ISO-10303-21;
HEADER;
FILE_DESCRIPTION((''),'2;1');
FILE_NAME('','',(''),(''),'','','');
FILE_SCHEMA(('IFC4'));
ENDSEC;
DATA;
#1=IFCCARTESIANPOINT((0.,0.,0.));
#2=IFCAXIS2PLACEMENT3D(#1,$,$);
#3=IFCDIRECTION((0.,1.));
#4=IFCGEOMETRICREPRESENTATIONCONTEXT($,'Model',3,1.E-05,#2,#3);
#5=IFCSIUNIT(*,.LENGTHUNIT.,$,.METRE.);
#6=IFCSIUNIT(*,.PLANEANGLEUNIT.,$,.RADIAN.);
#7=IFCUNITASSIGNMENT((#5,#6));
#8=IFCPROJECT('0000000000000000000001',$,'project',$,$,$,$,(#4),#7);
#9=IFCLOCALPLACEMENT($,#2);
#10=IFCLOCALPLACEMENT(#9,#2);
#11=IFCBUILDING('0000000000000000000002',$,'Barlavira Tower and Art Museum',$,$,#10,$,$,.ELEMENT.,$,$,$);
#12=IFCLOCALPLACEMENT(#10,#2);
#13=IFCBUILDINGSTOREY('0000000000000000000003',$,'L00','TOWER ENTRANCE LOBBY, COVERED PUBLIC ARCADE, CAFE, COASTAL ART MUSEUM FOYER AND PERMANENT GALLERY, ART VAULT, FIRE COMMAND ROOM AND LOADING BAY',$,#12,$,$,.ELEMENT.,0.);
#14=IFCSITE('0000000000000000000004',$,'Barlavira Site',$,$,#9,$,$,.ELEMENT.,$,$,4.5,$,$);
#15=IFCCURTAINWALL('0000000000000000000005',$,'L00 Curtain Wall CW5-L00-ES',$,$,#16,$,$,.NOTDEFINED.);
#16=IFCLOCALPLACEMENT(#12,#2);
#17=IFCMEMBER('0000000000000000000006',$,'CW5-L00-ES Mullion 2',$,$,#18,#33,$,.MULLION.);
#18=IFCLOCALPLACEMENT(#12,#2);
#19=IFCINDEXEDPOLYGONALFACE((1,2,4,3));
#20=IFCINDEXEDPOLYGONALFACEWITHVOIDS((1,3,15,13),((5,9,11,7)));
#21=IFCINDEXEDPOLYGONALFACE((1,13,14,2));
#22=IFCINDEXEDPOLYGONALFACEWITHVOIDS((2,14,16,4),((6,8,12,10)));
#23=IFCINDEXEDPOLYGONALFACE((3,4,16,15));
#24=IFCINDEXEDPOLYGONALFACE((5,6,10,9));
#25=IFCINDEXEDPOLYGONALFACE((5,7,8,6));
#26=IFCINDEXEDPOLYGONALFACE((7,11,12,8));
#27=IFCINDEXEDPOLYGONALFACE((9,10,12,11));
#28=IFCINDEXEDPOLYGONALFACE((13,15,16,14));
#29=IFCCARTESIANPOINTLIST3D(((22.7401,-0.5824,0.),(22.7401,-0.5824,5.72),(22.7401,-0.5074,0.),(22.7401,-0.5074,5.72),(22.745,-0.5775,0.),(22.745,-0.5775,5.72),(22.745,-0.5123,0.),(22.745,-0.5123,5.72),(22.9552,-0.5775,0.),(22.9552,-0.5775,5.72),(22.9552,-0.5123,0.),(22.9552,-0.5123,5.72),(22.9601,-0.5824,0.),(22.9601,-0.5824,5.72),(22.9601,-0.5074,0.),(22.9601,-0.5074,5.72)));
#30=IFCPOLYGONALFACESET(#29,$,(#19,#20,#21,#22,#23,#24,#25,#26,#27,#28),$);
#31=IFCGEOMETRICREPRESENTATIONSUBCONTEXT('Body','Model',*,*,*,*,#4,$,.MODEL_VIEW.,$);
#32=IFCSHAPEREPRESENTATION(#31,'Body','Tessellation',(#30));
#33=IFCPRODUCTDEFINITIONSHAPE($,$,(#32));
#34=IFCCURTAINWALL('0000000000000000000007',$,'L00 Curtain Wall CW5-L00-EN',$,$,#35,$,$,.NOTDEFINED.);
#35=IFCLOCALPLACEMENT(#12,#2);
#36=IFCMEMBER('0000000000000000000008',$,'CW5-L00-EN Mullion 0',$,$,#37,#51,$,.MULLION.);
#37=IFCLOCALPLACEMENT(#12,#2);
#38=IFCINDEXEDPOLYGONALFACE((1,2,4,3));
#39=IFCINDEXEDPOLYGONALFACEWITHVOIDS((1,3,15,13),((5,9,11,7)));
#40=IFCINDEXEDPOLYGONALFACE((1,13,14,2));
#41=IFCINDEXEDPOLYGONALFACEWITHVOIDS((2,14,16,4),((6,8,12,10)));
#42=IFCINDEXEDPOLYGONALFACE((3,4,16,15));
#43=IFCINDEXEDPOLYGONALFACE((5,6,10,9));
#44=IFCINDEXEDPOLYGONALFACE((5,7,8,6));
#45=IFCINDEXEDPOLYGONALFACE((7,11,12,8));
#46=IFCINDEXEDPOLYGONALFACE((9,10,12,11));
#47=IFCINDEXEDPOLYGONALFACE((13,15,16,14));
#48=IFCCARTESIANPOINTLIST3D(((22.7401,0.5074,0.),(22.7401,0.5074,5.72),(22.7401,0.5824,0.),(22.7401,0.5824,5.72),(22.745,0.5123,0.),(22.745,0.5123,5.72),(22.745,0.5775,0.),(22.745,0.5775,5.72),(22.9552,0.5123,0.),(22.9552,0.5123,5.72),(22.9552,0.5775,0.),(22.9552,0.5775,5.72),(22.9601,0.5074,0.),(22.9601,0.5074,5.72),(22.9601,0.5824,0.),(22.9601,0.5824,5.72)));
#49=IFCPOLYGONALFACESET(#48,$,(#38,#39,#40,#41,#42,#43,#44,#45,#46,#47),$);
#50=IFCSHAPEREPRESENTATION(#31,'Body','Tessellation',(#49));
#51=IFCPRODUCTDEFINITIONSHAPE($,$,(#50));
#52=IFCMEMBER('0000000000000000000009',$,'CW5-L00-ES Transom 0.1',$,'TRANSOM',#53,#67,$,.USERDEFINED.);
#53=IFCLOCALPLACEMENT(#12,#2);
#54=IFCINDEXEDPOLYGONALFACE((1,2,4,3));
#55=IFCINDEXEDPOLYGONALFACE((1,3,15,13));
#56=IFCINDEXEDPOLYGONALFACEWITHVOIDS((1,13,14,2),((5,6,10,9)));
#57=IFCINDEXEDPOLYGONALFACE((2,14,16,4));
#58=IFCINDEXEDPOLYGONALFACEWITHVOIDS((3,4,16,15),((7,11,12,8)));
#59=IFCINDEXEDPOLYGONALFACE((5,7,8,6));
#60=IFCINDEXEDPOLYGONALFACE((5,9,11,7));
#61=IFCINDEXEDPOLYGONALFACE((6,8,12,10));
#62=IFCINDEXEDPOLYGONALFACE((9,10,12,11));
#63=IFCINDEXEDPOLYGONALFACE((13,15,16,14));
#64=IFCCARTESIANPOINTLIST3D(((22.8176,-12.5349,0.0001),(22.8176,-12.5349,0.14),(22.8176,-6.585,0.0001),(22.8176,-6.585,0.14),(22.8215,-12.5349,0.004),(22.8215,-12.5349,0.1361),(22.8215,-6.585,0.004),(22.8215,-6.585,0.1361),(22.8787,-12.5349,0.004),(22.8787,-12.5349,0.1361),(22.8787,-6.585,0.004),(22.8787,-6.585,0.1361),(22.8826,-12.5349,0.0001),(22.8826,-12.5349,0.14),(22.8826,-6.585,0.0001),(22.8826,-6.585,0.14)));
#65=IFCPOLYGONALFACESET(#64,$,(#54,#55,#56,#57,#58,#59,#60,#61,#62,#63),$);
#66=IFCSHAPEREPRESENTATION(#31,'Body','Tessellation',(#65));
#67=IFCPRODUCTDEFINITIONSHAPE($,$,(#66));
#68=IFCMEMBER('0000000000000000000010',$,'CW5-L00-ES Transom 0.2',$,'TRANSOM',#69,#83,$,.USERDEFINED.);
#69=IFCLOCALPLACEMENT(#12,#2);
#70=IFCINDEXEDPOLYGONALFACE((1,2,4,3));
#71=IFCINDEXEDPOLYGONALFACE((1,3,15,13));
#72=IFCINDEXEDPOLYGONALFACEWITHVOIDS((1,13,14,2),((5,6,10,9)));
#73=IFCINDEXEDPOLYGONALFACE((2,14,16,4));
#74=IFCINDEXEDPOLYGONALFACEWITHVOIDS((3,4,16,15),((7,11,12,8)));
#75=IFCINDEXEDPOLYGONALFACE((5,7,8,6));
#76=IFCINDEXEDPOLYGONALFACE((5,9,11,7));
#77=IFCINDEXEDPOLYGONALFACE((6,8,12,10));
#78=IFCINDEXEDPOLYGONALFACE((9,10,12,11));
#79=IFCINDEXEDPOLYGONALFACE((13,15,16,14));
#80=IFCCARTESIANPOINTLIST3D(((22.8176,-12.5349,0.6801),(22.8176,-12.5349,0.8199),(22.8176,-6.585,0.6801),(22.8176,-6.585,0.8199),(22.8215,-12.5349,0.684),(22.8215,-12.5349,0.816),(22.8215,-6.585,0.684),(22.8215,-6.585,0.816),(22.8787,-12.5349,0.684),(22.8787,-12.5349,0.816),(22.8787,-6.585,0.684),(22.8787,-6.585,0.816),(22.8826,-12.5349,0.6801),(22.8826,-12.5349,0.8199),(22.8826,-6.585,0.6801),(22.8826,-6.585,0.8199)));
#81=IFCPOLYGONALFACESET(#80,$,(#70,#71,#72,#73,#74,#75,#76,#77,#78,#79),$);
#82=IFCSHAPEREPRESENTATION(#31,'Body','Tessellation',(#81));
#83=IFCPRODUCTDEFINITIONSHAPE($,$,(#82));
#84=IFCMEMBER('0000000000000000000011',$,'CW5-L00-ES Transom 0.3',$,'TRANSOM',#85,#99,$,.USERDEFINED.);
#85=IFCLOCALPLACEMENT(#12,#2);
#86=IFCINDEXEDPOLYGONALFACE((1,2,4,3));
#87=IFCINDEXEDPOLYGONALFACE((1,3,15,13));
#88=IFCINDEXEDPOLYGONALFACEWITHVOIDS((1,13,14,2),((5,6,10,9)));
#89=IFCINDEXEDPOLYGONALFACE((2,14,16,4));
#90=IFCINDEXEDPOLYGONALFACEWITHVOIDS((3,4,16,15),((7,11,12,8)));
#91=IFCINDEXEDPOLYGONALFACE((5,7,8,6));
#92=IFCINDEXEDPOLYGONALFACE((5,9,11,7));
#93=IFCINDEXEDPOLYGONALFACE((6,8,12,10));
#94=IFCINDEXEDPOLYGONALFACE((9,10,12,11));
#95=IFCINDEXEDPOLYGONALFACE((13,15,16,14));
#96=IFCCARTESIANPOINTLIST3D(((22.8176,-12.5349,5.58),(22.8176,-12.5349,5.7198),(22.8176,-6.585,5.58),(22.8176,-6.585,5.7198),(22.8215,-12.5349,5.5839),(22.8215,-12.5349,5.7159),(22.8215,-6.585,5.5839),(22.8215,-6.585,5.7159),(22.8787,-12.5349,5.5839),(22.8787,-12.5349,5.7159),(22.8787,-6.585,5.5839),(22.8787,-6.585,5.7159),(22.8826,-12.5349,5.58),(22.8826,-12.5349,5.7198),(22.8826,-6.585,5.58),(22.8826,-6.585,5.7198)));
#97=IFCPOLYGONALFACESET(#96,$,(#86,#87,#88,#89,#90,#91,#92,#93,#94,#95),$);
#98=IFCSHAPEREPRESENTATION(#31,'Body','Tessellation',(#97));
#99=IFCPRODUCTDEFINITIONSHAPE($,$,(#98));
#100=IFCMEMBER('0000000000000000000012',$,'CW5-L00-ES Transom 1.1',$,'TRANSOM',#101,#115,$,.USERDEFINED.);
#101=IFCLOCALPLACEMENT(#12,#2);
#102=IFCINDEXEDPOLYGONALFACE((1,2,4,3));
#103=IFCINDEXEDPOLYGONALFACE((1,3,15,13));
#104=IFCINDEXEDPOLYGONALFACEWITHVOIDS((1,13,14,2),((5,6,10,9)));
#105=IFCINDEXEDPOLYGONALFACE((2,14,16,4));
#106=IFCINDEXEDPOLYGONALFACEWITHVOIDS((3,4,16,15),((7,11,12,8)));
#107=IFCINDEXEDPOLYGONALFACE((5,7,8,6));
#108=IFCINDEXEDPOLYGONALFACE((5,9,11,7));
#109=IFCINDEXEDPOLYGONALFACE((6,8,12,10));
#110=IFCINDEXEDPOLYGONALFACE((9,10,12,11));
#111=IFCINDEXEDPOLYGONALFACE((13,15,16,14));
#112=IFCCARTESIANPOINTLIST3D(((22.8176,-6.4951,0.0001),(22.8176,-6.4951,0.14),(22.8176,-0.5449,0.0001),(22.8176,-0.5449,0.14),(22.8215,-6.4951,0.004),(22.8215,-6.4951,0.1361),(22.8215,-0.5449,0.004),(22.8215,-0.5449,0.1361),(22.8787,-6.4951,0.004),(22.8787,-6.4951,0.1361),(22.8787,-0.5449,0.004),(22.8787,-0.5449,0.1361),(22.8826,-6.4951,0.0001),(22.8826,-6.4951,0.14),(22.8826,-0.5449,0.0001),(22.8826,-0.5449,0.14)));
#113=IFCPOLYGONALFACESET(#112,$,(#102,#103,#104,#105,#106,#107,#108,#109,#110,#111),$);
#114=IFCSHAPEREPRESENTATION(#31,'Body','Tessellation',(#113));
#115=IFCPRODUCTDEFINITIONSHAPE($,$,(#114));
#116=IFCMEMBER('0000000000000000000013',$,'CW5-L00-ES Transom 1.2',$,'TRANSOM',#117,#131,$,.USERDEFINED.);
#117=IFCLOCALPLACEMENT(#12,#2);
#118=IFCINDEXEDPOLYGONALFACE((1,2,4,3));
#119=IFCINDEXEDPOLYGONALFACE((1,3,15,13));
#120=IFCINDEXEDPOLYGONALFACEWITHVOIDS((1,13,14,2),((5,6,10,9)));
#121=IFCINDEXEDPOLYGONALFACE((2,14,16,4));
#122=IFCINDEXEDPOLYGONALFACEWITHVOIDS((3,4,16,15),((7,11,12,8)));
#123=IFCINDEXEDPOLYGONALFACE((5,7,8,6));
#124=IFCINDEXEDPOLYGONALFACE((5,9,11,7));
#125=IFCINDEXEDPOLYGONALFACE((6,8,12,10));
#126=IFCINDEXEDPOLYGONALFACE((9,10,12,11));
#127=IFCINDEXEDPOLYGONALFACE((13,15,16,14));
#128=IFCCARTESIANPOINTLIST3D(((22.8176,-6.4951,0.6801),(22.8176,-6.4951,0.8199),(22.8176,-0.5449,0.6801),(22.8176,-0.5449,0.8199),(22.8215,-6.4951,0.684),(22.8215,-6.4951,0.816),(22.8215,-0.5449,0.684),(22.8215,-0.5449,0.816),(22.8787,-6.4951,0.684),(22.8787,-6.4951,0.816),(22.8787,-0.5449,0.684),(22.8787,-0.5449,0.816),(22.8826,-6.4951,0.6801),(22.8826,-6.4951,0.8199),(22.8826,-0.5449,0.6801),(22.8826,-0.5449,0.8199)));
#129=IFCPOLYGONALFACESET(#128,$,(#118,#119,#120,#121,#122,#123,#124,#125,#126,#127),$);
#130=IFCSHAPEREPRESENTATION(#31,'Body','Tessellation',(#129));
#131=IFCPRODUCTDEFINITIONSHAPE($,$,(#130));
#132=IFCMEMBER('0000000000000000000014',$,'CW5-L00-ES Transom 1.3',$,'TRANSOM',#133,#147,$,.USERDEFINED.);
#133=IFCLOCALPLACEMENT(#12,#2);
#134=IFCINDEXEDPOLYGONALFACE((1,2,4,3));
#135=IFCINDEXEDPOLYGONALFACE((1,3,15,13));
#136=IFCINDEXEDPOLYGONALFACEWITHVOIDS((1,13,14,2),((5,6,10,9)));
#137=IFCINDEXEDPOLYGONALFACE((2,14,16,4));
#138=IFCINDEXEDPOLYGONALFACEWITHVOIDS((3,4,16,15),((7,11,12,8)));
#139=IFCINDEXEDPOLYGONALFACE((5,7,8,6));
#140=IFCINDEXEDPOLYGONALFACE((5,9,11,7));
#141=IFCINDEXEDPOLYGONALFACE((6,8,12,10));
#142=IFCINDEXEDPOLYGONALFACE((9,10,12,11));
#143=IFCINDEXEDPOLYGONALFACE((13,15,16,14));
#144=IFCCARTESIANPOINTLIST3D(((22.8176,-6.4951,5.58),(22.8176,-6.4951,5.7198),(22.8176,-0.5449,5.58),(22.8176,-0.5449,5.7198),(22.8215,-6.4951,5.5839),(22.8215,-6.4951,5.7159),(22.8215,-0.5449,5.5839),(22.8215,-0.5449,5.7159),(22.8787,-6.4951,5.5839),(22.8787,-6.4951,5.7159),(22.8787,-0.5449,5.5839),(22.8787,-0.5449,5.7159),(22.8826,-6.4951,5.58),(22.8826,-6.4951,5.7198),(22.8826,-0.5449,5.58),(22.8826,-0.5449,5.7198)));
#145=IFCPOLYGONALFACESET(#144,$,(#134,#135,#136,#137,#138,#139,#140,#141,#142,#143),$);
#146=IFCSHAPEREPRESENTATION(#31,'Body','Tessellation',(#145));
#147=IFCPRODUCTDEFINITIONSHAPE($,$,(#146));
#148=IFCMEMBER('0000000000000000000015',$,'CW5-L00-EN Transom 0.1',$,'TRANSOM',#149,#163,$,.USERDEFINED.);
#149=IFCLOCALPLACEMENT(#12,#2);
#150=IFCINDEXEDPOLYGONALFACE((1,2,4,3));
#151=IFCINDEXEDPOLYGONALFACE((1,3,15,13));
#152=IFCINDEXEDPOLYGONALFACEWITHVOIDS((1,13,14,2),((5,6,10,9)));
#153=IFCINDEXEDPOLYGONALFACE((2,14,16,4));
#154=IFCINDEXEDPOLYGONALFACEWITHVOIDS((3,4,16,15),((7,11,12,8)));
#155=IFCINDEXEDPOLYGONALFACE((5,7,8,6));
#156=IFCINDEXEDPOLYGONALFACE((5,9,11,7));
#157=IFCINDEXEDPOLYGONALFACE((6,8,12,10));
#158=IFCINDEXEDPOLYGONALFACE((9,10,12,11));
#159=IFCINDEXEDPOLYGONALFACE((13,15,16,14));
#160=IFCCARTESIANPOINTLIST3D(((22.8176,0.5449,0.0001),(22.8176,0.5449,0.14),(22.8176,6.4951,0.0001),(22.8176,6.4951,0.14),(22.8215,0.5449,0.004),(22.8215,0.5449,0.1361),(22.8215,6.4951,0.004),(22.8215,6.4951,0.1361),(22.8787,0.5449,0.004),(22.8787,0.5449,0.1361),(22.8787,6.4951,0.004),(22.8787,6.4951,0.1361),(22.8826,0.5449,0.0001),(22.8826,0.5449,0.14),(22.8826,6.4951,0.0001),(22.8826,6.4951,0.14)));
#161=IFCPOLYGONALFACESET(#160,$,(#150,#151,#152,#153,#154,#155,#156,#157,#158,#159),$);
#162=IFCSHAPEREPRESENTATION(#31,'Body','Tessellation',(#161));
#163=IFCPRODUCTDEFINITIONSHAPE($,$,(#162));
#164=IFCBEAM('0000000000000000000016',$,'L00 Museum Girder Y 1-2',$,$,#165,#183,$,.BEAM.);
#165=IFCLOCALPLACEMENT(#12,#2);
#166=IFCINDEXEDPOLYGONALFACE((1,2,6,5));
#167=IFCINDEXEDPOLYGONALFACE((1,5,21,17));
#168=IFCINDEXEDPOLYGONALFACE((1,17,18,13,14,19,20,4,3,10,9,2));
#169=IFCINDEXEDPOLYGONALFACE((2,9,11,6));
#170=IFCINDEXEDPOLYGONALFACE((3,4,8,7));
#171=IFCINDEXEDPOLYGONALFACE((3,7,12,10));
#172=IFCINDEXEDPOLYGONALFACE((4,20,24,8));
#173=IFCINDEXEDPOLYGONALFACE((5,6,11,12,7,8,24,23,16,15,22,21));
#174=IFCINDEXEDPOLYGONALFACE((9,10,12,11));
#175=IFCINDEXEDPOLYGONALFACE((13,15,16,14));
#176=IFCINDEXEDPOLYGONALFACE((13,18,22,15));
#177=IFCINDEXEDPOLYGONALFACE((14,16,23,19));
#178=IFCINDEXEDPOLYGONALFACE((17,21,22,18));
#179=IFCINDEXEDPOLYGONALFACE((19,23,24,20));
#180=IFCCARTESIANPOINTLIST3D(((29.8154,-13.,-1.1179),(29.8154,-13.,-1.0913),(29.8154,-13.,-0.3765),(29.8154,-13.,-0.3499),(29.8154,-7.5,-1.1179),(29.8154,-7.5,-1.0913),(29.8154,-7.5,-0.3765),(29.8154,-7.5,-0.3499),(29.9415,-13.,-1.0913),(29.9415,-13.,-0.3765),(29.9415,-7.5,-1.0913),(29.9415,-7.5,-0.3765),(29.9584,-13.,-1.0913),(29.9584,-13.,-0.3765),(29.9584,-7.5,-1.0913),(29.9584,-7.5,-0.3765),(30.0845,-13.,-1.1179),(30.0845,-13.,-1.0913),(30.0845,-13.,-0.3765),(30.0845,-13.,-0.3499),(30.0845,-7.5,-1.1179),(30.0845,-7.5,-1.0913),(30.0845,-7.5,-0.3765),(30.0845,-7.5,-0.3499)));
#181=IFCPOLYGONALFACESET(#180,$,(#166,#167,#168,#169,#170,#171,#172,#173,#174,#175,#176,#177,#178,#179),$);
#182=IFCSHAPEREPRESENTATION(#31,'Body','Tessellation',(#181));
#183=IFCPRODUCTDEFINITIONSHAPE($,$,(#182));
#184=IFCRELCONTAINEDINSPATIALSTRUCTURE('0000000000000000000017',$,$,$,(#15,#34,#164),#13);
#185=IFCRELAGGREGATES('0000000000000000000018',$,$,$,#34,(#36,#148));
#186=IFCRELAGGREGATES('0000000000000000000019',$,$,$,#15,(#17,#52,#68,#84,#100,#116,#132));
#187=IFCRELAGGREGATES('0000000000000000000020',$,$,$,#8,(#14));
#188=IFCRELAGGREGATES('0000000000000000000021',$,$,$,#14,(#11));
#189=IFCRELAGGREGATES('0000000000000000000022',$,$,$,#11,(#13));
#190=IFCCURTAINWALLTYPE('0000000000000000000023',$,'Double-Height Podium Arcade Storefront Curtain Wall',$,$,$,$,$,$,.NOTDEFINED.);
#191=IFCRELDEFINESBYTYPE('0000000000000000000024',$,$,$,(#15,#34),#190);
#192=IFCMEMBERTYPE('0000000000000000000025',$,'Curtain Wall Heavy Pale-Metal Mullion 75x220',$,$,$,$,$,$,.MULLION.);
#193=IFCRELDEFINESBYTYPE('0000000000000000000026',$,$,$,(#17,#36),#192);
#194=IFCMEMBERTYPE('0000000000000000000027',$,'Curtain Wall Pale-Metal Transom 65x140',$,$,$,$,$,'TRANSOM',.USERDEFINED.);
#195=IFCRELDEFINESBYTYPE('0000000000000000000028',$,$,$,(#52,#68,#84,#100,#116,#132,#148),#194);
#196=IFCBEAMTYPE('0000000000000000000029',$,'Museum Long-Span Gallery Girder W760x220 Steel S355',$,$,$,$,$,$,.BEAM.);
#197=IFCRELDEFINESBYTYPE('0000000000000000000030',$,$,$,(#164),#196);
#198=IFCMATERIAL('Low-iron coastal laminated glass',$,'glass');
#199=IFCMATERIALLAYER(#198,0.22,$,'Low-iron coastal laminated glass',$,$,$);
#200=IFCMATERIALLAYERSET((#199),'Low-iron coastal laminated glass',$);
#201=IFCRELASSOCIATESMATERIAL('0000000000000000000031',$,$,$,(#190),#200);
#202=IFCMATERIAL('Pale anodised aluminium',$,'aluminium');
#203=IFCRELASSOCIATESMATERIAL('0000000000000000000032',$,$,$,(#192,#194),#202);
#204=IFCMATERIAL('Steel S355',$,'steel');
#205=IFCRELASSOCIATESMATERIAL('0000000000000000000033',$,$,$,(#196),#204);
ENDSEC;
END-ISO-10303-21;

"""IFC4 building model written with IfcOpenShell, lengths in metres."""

from ifc_helpers import new_model, si_unit, direction, frame, origin, origin_2d, place, context, subcontext, project, spatial, hollow_rectangle, i_section, extrude, material, layer, layer_set, material_profile, profile_set, type_object, element, aggregate, save


model = new_model("IFC4")

# Units and contexts
model_context = context("Model", 3, precision=1e-05, world=origin(), true_north=direction((0.0, 1.0)))
body_context = subcontext(model_context, "Body", "Model", "MODEL_VIEW")
ifc_project = project(units=[si_unit("LENGTHUNIT", "METRE"), si_unit("PLANEANGLEUNIT", "RADIAN")], contexts=[model_context])

# Site, building, storey
site_placement = place(None, origin())
site = spatial("IfcSite", under=ifc_project, at=site_placement, Name="Barlavira Site", CompositionType="ELEMENT", RefElevation=4.5)
building_placement = place(site_placement, origin())
building = spatial("IfcBuilding", under=site, at=building_placement, Name="Barlavira Tower and Art Museum", CompositionType="ELEMENT")
storey_placement = place(building_placement, origin())
storey = spatial("IfcBuildingStorey", under=building, at=storey_placement, Name="L00", Description="TOWER ENTRANCE LOBBY, COVERED PUBLIC ARCADE, CAFE, COASTAL ART MUSEUM FOYER AND PERMANENT GALLERY, ART VAULT, FIRE COMMAND ROOM AND LOADING BAY", CompositionType="ELEMENT", Elevation=0.0)

# Shared definitions
ifc_material_1 = material(Name="Steel S355", Category="steel")

# Curtain wall, member
ifc_material_2 = material(Name="Low-iron coastal laminated glass", Category="glass")
ifc_layer_1 = layer(ifc_material_2, 0.22, Name="Low-iron coastal laminated glass")
ifc_layer_set_1 = layer_set([ifc_layer_1], Name="Low-iron coastal laminated glass")
curtain_wall_type = type_object("IfcCurtainWallType", Name="Double-Height Podium Arcade Storefront Curtain Wall", PredefinedType="NOTDEFINED", material=ifc_layer_set_1)
curtain_wall_1_placement = place(storey_placement, origin())
curtain_wall_1 = element("IfcCurtainWall", 1, at=curtain_wall_1_placement, inside=storey, type_object=curtain_wall_type, Name="L00 Curtain Wall CW5-L00-ES", PredefinedType="NOTDEFINED")
ifc_material_3 = material(Name="Pale anodised aluminium", Category="aluminium")
ifc_material_profile_1 = material_profile(ifc_material_3, hollow_rectangle(XDim=0.075, YDim=0.22, WallThickness=0.0049, at=origin_2d()), Name="ALU-MULL 75x220x5")
ifc_profile_set_1 = profile_set([ifc_material_profile_1], Name="Pale anodised aluminium")
member_type_1 = type_object("IfcMemberType", Name="Curtain Wall Heavy Pale-Metal Mullion 75x220", PredefinedType="MULLION", material=ifc_profile_set_1)
member_1_placement = place(storey_placement, frame((22.8501, -0.5449, 0.0), z_axis=(0.0, 0.0, 1.0), x_axis=(0.0, 1.0, 0.0)))
member_1 = element("IfcMember", 2, at=member_1_placement, type_object=member_type_1, Name="CW5-L00-ES Mullion 2", PredefinedType="MULLION", context=body_context, shape_type="SweptSolid", body=[
    extrude(hollow_rectangle(XDim=0.075, YDim=0.22, WallThickness=0.0049, at=origin_2d()), origin(), (0.0, 0.0, 1.0), 5.72),
])

# Curtain wall, member
curtain_wall_2_placement = place(storey_placement, origin())
curtain_wall_2 = element("IfcCurtainWall", 3, at=curtain_wall_2_placement, inside=storey, type_object=curtain_wall_type, Name="L00 Curtain Wall CW5-L00-EN", PredefinedType="NOTDEFINED")
member_2_placement = place(storey_placement, frame((22.8501, 0.5449, 0.0), z_axis=(0.0, 0.0, 1.0), x_axis=(0.0, 1.0, 0.0)))
member_2 = element("IfcMember", 4, at=member_2_placement, type_object=member_type_1, Name="CW5-L00-EN Mullion 0", PredefinedType="MULLION", context=body_context, shape_type="SweptSolid", body=[
    extrude(hollow_rectangle(XDim=0.075, YDim=0.22, WallThickness=0.0049, at=origin_2d()), origin(), (0.0, 0.0, 1.0), 5.72),
])

# Members
ifc_material_profile_2 = material_profile(ifc_material_3, hollow_rectangle(XDim=0.0649, YDim=0.1399, WallThickness=0.0039, at=origin_2d()), Name="ALU-TRAN 65x140x4")
ifc_profile_set_2 = profile_set([ifc_material_profile_2], Name="Pale anodised aluminium")
member_type_2 = type_object("IfcMemberType", Name="Curtain Wall Pale-Metal Transom 65x140", ElementType="TRANSOM", PredefinedType="USERDEFINED", material=ifc_profile_set_2)
member_3_placement = place(storey_placement, frame((22.8501, -12.5349, 0.0701), z_axis=(0.0, 1.0, 0.0), x_axis=(-1.0, 0.0, 0.0)))
member_3 = element("IfcMember", 5, at=member_3_placement, type_object=member_type_2, Name="CW5-L00-ES Transom 0.1", ObjectType="TRANSOM", PredefinedType="USERDEFINED", context=body_context, shape_type="SweptSolid", body=[
    extrude(hollow_rectangle(XDim=0.0649, YDim=0.1399, WallThickness=0.0039, at=origin_2d()), origin(), (0.0, 0.0, 1.0), 5.95),
])
member_4_placement = place(storey_placement, frame((22.8501, -12.5349, 0.75), z_axis=(0.0, 1.0, 0.0), x_axis=(-1.0, 0.0, 0.0)))
member_4 = element("IfcMember", 6, at=member_4_placement, type_object=member_type_2, Name="CW5-L00-ES Transom 0.2", ObjectType="TRANSOM", PredefinedType="USERDEFINED", context=body_context, shape_type="SweptSolid", body=[
    extrude(hollow_rectangle(XDim=0.0649, YDim=0.1399, WallThickness=0.0039, at=origin_2d()), origin(), (0.0, 0.0, 1.0), 5.95),
])
member_5_placement = place(storey_placement, frame((22.8501, -12.5349, 5.6499), z_axis=(0.0, 1.0, 0.0), x_axis=(-1.0, 0.0, 0.0)))
member_5 = element("IfcMember", 7, at=member_5_placement, type_object=member_type_2, Name="CW5-L00-ES Transom 0.3", ObjectType="TRANSOM", PredefinedType="USERDEFINED", context=body_context, shape_type="SweptSolid", body=[
    extrude(hollow_rectangle(XDim=0.0649, YDim=0.1399, WallThickness=0.0039, at=origin_2d()), origin(), (0.0, 0.0, 1.0), 5.95),
])
member_6_placement = place(storey_placement, frame((22.8501, -6.4951, 0.0701), z_axis=(0.0, 1.0, 0.0), x_axis=(-1.0, 0.0, 0.0)))
member_6 = element("IfcMember", 8, at=member_6_placement, type_object=member_type_2, Name="CW5-L00-ES Transom 1.1", ObjectType="TRANSOM", PredefinedType="USERDEFINED", context=body_context, shape_type="SweptSolid", body=[
    extrude(hollow_rectangle(XDim=0.0649, YDim=0.1399, WallThickness=0.0039, at=origin_2d()), origin(), (0.0, 0.0, 1.0), 5.9502),
])
member_7_placement = place(storey_placement, frame((22.8501, -6.4951, 0.75), z_axis=(0.0, 1.0, 0.0), x_axis=(-1.0, 0.0, 0.0)))
member_7 = element("IfcMember", 9, at=member_7_placement, type_object=member_type_2, Name="CW5-L00-ES Transom 1.2", ObjectType="TRANSOM", PredefinedType="USERDEFINED", context=body_context, shape_type="SweptSolid", body=[
    extrude(hollow_rectangle(XDim=0.0649, YDim=0.1399, WallThickness=0.0039, at=origin_2d()), origin(), (0.0, 0.0, 1.0), 5.9502),
])
member_8_placement = place(storey_placement, frame((22.8501, -6.4951, 5.6499), z_axis=(0.0, 1.0, 0.0), x_axis=(-1.0, 0.0, 0.0)))
member_8 = element("IfcMember", 10, at=member_8_placement, type_object=member_type_2, Name="CW5-L00-ES Transom 1.3", ObjectType="TRANSOM", PredefinedType="USERDEFINED", context=body_context, shape_type="SweptSolid", body=[
    extrude(hollow_rectangle(XDim=0.0649, YDim=0.1399, WallThickness=0.0039, at=origin_2d()), origin(), (0.0, 0.0, 1.0), 5.9502),
])
member_9_placement = place(storey_placement, frame((22.8501, 0.5449, 0.0701), z_axis=(0.0, 1.0, 0.0), x_axis=(-1.0, 0.0, 0.0)))
member_9 = element("IfcMember", 11, at=member_9_placement, type_object=member_type_2, Name="CW5-L00-EN Transom 0.1", ObjectType="TRANSOM", PredefinedType="USERDEFINED", context=body_context, shape_type="SweptSolid", body=[
    extrude(hollow_rectangle(XDim=0.0649, YDim=0.1399, WallThickness=0.0039, at=origin_2d()), origin(), (0.0, 0.0, 1.0), 5.9502),
])
aggregate(curtain_wall_2, [member_2, member_9])

# Beam
ifc_material_profile_3 = material_profile(ifc_material_1, i_section(OverallWidth=0.269, OverallDepth=0.7681, WebThickness=0.0168, FlangeThickness=0.0266, at=origin_2d()), Name="W760x220.0")
ifc_profile_set_3 = profile_set([ifc_material_profile_3], Name="Steel S355")
beam_type_1 = type_object("IfcBeamType", Name="Museum Long-Span Gallery Girder W760x220 Steel S355", PredefinedType="BEAM", material=ifc_profile_set_3)
beam_1_placement = place(storey_placement, frame((29.95, -13.0, -0.7339), z_axis=(0.0, 1.0, 0.0), x_axis=(-1.0, 0.0, 0.0)))
element("IfcBeam", 12, at=beam_1_placement, inside=storey, type_object=beam_type_1, Name="L00 Museum Girder Y 1-2", PredefinedType="BEAM", context=body_context, shape_type="SweptSolid", body=[
    extrude(i_section(OverallWidth=0.269, OverallDepth=0.7681, WebThickness=0.0168, FlangeThickness=0.0266, at=origin_2d()), origin(), (0.0, 0.0, 1.0), 5.5),
])

aggregate(curtain_wall_1, [member_1, member_3, member_4, member_5, member_6, member_7, member_8])

save(model, "model.ifc")
